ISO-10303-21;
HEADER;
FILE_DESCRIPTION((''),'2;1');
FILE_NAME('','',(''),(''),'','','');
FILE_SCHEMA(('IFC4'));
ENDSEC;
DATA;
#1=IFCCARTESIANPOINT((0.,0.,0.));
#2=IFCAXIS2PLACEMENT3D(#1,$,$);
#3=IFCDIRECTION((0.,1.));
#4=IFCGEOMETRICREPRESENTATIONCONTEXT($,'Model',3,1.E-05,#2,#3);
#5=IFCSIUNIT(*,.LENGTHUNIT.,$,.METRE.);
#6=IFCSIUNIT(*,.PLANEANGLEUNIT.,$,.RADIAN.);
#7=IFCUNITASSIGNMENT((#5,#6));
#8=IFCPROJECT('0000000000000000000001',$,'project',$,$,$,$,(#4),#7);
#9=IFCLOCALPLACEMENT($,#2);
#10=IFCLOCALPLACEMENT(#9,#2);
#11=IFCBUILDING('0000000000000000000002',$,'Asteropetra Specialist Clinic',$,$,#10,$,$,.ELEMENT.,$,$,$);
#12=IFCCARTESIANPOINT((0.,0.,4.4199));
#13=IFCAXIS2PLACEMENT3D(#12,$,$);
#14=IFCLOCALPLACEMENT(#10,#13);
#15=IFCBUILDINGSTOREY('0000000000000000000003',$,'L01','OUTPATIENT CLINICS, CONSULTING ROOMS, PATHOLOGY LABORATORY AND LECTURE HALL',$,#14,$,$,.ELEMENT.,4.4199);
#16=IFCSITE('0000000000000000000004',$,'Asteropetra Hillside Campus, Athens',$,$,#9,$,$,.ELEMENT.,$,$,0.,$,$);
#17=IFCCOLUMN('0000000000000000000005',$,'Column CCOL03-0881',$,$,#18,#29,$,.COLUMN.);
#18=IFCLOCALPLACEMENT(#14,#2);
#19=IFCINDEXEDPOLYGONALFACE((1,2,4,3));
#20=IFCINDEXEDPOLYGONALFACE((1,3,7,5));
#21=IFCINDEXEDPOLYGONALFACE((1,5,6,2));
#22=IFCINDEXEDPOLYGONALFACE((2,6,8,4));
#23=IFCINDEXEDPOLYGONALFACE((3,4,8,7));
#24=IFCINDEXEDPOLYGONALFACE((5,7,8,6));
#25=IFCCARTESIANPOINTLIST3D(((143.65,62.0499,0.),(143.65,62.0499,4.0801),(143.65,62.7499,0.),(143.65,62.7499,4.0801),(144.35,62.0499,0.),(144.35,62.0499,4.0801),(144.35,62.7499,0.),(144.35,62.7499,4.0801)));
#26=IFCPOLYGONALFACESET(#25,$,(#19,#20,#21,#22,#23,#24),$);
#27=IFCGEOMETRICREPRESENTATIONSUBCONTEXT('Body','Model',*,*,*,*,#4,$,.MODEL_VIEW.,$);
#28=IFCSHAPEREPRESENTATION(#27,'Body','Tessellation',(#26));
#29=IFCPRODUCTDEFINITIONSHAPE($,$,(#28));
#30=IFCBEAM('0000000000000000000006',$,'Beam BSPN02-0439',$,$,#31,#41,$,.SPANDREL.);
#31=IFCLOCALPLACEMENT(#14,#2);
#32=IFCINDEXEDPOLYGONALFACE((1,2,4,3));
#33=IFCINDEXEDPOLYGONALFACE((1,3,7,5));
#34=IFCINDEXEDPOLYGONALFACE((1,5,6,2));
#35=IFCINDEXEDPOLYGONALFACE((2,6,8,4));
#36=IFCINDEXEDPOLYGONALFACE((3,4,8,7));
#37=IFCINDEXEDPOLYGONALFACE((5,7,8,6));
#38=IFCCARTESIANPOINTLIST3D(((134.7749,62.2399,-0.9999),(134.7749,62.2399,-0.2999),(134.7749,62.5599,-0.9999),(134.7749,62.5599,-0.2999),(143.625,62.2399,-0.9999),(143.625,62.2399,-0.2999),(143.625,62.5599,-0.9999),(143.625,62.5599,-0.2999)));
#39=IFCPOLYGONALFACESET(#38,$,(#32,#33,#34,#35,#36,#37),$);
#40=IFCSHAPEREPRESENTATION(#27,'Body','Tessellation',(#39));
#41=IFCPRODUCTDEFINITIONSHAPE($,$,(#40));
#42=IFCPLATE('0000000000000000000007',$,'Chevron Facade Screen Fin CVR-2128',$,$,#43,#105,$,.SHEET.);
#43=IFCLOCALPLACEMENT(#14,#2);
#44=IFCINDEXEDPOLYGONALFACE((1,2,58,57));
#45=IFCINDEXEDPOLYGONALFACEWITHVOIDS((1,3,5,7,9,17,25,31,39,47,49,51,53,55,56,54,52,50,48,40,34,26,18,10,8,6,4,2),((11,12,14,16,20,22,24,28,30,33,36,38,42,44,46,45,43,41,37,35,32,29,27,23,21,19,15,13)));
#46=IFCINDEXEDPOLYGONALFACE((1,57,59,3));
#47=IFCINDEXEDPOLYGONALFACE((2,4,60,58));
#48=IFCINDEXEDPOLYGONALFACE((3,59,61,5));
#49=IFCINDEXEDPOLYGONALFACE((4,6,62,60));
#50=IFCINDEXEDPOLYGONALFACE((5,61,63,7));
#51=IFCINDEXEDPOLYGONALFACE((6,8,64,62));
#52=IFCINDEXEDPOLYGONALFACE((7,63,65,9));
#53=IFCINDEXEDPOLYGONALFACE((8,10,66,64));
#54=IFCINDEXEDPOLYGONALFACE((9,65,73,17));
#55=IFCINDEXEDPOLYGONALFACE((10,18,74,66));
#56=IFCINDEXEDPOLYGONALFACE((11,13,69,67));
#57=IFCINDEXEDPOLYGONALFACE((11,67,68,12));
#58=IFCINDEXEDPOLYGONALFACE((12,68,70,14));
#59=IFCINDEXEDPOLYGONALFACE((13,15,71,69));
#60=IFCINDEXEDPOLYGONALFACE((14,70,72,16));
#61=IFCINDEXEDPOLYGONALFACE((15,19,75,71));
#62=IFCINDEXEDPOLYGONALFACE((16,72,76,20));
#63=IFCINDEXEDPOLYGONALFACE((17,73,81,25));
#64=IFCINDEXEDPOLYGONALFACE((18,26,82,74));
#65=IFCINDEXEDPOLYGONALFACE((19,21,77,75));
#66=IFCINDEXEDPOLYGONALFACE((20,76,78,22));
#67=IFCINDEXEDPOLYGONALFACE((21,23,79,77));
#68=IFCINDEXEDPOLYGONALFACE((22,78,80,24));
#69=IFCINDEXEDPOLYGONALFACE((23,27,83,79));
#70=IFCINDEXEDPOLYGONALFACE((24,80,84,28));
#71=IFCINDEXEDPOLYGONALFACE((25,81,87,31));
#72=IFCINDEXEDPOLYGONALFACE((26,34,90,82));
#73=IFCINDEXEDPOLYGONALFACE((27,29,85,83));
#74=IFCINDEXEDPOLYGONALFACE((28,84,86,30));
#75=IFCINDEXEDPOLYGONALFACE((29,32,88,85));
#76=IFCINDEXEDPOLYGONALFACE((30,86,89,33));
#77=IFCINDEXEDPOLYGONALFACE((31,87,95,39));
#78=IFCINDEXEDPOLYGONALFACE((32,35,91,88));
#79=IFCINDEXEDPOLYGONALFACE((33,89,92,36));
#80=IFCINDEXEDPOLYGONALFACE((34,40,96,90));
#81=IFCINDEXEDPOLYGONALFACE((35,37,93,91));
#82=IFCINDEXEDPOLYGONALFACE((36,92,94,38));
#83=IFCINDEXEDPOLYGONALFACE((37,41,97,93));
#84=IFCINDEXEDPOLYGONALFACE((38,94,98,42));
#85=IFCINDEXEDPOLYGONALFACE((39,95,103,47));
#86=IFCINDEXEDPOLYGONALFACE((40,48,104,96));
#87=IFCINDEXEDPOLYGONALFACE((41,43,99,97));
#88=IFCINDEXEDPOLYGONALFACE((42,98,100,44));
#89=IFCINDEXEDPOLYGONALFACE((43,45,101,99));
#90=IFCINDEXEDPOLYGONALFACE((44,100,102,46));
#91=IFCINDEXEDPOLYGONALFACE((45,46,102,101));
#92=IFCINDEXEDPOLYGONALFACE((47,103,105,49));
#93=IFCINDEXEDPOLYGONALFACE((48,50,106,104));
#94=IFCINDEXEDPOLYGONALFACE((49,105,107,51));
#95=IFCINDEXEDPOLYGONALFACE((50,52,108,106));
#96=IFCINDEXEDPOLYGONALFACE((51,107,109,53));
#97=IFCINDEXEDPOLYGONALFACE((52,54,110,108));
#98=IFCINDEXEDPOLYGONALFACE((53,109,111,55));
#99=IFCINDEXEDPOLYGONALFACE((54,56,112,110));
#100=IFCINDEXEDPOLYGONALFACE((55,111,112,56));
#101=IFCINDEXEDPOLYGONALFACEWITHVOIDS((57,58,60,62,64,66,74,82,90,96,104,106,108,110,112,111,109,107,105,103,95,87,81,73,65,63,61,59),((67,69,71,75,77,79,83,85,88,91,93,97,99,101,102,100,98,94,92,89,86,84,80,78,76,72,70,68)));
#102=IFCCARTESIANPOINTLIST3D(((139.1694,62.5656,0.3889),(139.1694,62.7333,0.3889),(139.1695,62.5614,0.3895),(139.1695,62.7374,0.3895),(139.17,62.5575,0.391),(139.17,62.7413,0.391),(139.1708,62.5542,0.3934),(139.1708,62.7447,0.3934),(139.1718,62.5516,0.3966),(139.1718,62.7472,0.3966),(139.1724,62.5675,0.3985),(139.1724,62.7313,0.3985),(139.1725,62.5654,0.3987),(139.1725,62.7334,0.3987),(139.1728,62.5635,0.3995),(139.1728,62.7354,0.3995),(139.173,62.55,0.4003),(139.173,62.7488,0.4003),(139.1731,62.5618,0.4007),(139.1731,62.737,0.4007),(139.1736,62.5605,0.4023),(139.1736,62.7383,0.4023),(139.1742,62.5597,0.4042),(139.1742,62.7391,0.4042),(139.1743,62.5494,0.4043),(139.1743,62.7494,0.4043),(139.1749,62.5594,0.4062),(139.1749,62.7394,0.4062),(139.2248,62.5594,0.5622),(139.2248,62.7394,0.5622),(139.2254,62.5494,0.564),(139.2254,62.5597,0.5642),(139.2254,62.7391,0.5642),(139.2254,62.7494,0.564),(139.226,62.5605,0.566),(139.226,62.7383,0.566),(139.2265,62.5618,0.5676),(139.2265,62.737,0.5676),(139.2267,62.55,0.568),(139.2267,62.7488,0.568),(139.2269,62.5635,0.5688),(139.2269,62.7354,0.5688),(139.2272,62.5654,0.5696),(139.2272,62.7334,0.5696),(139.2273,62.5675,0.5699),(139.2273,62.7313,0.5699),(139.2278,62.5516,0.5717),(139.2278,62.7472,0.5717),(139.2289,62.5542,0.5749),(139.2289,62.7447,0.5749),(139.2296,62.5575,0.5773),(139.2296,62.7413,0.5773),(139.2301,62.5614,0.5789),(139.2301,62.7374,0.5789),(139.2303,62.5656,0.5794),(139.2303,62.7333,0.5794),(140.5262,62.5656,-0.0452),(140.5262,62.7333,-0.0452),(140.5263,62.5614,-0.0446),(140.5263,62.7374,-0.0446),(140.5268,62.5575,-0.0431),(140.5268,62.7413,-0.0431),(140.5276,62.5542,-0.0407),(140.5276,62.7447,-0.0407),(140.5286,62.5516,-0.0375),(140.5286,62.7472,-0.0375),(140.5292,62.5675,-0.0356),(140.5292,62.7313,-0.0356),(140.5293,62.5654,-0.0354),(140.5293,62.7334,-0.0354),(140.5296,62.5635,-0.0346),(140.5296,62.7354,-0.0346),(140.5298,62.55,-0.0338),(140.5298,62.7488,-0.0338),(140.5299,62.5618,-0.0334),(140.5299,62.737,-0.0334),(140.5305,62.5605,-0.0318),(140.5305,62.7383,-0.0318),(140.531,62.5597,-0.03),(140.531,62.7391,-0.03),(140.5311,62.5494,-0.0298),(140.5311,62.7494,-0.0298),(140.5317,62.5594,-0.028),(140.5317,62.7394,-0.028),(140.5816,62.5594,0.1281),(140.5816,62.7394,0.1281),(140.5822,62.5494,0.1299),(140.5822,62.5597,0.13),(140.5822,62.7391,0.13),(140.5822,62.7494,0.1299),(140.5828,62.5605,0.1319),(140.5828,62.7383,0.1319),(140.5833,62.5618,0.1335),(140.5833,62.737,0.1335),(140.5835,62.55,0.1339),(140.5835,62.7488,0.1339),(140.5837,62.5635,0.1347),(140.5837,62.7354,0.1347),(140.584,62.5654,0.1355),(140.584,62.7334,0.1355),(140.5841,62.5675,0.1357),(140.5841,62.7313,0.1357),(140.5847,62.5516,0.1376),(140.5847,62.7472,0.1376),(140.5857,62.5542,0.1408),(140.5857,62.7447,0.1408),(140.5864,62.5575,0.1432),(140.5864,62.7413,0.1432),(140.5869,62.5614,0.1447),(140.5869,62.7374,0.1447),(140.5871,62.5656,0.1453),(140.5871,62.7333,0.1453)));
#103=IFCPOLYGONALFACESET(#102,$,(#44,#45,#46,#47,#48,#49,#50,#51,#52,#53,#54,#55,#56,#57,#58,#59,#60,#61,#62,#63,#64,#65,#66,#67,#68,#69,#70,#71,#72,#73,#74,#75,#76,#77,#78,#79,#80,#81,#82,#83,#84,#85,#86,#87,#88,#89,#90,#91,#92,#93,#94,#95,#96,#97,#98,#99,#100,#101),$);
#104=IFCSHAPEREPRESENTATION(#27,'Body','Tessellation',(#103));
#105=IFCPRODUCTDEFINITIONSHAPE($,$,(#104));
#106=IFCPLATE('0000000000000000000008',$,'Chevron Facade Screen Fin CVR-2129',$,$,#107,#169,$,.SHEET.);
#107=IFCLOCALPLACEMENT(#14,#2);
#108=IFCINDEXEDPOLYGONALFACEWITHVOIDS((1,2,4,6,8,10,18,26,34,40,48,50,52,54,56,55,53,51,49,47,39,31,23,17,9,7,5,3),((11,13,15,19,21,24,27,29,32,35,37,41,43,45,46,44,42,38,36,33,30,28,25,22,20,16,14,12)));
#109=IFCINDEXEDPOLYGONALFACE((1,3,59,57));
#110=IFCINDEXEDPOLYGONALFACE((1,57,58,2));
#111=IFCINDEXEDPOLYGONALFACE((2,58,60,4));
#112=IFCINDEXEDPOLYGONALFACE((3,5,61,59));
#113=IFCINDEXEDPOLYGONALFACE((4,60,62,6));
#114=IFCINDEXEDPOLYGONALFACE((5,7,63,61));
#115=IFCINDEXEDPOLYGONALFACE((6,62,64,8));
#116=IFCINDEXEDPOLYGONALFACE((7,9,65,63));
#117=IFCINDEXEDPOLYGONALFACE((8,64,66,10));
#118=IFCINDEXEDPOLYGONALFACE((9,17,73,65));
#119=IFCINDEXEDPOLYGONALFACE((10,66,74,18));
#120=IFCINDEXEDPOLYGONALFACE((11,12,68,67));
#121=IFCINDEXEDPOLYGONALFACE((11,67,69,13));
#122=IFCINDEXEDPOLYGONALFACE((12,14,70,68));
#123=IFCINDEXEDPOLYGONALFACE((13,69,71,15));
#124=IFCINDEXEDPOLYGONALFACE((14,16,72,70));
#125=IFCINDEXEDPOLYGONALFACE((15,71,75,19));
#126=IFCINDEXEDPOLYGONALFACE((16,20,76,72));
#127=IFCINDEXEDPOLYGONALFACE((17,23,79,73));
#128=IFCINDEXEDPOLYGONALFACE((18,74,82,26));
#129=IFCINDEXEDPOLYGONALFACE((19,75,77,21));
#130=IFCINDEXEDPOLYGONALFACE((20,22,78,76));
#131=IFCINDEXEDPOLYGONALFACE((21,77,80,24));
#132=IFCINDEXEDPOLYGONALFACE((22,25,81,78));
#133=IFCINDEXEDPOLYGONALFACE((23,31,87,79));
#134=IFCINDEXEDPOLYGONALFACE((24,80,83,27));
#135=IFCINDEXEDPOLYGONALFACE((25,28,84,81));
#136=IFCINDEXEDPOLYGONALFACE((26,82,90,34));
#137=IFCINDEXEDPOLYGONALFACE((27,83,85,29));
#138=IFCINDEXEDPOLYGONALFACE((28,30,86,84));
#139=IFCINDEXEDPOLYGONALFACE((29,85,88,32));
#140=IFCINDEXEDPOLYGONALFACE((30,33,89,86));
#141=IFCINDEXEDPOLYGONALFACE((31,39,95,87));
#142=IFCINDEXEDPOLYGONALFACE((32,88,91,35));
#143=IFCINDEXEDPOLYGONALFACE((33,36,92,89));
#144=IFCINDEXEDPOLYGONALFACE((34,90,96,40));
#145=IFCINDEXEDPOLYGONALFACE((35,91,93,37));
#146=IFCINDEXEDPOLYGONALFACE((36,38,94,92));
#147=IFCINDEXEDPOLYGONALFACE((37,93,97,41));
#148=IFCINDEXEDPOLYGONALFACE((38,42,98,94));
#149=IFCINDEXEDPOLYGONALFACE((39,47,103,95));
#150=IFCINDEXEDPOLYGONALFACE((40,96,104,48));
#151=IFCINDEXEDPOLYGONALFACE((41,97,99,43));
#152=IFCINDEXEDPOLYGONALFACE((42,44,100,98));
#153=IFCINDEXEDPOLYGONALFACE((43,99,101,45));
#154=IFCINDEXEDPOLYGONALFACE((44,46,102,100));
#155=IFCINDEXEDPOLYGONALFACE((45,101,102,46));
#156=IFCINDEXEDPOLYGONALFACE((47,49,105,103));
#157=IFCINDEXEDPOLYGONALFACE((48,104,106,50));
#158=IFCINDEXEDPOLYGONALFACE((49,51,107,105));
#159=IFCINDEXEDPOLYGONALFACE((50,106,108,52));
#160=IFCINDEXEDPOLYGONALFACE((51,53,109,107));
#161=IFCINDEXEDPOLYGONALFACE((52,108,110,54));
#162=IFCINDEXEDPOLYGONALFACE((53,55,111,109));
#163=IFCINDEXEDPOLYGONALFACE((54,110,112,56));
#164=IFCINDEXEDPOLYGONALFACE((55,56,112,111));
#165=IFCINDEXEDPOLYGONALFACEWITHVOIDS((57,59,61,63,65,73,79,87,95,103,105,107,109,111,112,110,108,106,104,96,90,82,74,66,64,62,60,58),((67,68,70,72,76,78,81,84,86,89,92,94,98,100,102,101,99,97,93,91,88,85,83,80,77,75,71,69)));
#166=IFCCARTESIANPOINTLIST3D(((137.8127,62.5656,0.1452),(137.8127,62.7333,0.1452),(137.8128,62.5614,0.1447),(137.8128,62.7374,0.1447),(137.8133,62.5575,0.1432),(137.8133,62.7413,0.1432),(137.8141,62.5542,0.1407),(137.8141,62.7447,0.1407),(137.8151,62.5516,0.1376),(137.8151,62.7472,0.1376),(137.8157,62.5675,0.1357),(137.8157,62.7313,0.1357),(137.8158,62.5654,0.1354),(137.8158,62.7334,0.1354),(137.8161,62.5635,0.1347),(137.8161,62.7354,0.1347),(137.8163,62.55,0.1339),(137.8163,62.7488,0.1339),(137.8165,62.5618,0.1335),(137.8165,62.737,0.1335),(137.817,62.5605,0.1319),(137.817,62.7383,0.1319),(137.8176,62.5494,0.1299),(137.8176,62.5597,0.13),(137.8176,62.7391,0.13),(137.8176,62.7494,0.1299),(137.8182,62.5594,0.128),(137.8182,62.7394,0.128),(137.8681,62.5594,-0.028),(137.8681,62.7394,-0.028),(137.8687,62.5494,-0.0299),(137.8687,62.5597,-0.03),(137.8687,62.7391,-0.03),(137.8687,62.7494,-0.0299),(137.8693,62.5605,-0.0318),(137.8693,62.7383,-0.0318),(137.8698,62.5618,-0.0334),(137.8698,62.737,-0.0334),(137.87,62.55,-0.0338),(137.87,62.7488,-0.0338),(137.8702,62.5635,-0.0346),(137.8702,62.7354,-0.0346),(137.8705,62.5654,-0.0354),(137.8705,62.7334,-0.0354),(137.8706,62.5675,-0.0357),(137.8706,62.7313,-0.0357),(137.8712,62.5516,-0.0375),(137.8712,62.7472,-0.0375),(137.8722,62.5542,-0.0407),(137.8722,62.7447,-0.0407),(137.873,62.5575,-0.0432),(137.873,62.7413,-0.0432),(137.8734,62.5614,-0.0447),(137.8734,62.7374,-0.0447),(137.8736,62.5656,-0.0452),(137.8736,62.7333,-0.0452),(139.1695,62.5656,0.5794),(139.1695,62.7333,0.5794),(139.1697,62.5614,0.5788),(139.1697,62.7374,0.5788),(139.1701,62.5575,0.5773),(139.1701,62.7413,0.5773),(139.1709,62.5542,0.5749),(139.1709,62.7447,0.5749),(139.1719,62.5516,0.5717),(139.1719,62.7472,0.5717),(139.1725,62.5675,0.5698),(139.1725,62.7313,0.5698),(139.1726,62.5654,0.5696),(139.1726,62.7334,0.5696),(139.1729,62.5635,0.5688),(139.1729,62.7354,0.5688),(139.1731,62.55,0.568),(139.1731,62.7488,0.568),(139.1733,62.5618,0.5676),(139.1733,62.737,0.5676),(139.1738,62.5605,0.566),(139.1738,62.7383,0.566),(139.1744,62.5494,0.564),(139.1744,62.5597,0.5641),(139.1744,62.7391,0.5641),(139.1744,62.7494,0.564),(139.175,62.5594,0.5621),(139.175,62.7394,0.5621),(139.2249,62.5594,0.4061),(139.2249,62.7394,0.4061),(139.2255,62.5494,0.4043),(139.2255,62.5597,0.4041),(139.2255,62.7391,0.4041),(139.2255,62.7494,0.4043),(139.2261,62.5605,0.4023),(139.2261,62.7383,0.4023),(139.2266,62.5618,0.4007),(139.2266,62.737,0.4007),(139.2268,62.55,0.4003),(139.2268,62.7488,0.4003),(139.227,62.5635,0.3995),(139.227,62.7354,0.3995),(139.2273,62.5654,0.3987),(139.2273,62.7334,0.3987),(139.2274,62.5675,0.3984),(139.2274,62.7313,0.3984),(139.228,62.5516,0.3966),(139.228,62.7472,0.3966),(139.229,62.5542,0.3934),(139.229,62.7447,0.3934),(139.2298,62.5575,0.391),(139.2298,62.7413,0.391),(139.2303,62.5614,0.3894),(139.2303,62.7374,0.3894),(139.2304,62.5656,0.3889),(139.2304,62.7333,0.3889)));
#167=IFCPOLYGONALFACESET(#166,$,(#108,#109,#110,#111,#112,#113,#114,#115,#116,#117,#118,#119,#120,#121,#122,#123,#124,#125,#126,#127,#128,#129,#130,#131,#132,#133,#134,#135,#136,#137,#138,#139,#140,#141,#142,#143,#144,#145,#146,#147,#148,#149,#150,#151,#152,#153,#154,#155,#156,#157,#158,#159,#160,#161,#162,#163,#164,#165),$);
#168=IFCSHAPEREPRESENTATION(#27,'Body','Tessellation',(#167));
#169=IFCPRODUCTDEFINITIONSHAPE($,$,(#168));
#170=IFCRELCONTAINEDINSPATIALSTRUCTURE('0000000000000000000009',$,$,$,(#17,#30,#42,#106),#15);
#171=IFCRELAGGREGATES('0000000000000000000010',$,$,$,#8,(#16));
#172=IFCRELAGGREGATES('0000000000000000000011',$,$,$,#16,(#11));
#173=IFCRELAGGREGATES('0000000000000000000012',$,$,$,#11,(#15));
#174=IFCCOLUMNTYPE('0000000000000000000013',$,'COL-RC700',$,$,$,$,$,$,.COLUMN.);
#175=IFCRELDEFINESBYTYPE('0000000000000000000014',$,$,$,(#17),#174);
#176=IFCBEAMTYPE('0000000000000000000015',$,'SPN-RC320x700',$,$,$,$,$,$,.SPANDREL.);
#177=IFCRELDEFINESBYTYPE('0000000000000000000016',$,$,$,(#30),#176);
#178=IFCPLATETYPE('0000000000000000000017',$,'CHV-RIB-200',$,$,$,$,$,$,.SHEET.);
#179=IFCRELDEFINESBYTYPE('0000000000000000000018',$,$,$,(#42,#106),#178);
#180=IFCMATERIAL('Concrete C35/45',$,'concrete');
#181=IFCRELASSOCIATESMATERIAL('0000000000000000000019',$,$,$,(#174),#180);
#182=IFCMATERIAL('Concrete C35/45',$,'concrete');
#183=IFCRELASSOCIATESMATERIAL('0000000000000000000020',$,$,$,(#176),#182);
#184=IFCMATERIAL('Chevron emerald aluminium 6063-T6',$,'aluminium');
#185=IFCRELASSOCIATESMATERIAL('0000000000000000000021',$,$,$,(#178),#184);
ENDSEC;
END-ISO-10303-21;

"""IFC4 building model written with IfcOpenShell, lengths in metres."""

from ifc_helpers import new_model, si_unit, direction, frame, origin, origin_2d, place, context, subcontext, project, spatial, rectangle, hollow_rectangle, extrude, material, material_profile, profile_set, type_object, element, save


model = new_model("IFC4")

# Units and contexts
model_context = context("Model", 3, precision=1e-05, world=origin(), true_north=direction((0.0, 1.0)))
body_context = subcontext(model_context, "Body", "Model", "MODEL_VIEW")
ifc_project = project(units=[si_unit("LENGTHUNIT", "METRE"), si_unit("PLANEANGLEUNIT", "RADIAN")], contexts=[model_context])

# Site, building, storey
site_placement = place(None, origin())
site = spatial("IfcSite", under=ifc_project, at=site_placement, Name="Asteropetra Hillside Campus, Athens", CompositionType="ELEMENT", RefElevation=0.0)
building_placement = place(site_placement, origin())
building = spatial("IfcBuilding", under=site, at=building_placement, Name="Asteropetra Specialist Clinic", CompositionType="ELEMENT")
storey_placement = place(building_placement, frame((0.0, 0.0, 4.4199)))
storey = spatial("IfcBuildingStorey", under=building, at=storey_placement, Name="L01", Description="OUTPATIENT CLINICS, CONSULTING ROOMS, PATHOLOGY LABORATORY AND LECTURE HALL", CompositionType="ELEMENT", Elevation=4.4199)

# Column
ifc_material_1 = material(Name="Concrete C35/45", Category="concrete")
ifc_material_profile_1 = material_profile(ifc_material_1, rectangle(XDim=0.7, YDim=0.7, at=origin_2d()), Name="RC 700x700")
ifc_profile_set_1 = profile_set([ifc_material_profile_1], Name="Concrete C35/45")
column_type = type_object("IfcColumnType", Name="COL-RC700", PredefinedType="COLUMN", material=ifc_profile_set_1)
column_placement = place(storey_placement, frame((144.0, 62.3999, 0.0), z_axis=(0.0, 0.0, 1.0), x_axis=(1.0, 0.0, 0.0)))
element("IfcColumn", 1, at=column_placement, inside=storey, type_object=column_type, Name="Column CCOL03-0881", PredefinedType="COLUMN", context=body_context, shape_type="SweptSolid", body=[
    extrude(rectangle(XDim=0.7, YDim=0.7, at=origin_2d()), origin(), (0.0, 0.0, 1.0), 4.0801),
])

# Beam
ifc_material_2 = material(Name="Concrete C35/45", Category="concrete")
ifc_material_profile_2 = material_profile(ifc_material_2, rectangle(XDim=0.3201, YDim=0.7, at=origin_2d()), Name="RCS 320x700")
ifc_profile_set_2 = profile_set([ifc_material_profile_2], Name="Concrete C35/45")
beam_type = type_object("IfcBeamType", Name="SPN-RC320x700", PredefinedType="SPANDREL", material=ifc_profile_set_2)
beam_placement = place(storey_placement, frame((134.7749, 62.3999, -0.6499), z_axis=(1.0, 0.0, 0.0), x_axis=(0.0, 1.0, 0.0)))
element("IfcBeam", 2, at=beam_placement, inside=storey, type_object=beam_type, Name="Beam BSPN02-0439", PredefinedType="SPANDREL", context=body_context, shape_type="SweptSolid", body=[
    extrude(rectangle(XDim=0.3201, YDim=0.7, at=origin_2d()), origin(), (0.0, 0.0, 1.0), 8.8501),
])

# Plates
ifc_material_3 = material(Name="Chevron emerald aluminium 6063-T6", Category="aluminium")
ifc_material_profile_3 = material_profile(ifc_material_3, hollow_rectangle(XDim=0.2, YDim=0.2, WallThickness=0.01, InnerFilletRadius=0.0081, OuterFilletRadius=0.0161, at=origin_2d()), Name="SHS 200x200x10.0")
ifc_profile_set_3 = profile_set([ifc_material_profile_3], Name="Chevron emerald aluminium 6063-T6")
plate_type = type_object("IfcPlateType", Name="CHV-RIB-200", PredefinedType="SHEET", material=ifc_profile_set_3)
for number, where, z_axis, x_axis, name in (
    (3, (140.5566, 62.6494, 0.05), (-0.952436, 0.0, 0.304738), (0.0, -1.0, 0.0), "Chevron Facade Screen Fin CVR-2128"),
    (4, (139.2, 62.6494, 0.4841), (-0.952436, 0.0, -0.304738), (0.0, -1.0, 0.0), "Chevron Facade Screen Fin CVR-2129"),
):
    element("IfcPlate", number, at=place(storey_placement, frame(where, z_axis=z_axis, x_axis=x_axis)), inside=storey, type_object=plate_type, Name=name, PredefinedType="SHEET", context=body_context, shape_type="SweptSolid", body=[
        extrude(hollow_rectangle(XDim=0.2, YDim=0.2, WallThickness=0.01, InnerFilletRadius=0.0081, OuterFilletRadius=0.0161, at=origin_2d()), origin(), (0.0, 0.0, 1.0), 1.4246),
    ])

save(model, "model.ifc")
